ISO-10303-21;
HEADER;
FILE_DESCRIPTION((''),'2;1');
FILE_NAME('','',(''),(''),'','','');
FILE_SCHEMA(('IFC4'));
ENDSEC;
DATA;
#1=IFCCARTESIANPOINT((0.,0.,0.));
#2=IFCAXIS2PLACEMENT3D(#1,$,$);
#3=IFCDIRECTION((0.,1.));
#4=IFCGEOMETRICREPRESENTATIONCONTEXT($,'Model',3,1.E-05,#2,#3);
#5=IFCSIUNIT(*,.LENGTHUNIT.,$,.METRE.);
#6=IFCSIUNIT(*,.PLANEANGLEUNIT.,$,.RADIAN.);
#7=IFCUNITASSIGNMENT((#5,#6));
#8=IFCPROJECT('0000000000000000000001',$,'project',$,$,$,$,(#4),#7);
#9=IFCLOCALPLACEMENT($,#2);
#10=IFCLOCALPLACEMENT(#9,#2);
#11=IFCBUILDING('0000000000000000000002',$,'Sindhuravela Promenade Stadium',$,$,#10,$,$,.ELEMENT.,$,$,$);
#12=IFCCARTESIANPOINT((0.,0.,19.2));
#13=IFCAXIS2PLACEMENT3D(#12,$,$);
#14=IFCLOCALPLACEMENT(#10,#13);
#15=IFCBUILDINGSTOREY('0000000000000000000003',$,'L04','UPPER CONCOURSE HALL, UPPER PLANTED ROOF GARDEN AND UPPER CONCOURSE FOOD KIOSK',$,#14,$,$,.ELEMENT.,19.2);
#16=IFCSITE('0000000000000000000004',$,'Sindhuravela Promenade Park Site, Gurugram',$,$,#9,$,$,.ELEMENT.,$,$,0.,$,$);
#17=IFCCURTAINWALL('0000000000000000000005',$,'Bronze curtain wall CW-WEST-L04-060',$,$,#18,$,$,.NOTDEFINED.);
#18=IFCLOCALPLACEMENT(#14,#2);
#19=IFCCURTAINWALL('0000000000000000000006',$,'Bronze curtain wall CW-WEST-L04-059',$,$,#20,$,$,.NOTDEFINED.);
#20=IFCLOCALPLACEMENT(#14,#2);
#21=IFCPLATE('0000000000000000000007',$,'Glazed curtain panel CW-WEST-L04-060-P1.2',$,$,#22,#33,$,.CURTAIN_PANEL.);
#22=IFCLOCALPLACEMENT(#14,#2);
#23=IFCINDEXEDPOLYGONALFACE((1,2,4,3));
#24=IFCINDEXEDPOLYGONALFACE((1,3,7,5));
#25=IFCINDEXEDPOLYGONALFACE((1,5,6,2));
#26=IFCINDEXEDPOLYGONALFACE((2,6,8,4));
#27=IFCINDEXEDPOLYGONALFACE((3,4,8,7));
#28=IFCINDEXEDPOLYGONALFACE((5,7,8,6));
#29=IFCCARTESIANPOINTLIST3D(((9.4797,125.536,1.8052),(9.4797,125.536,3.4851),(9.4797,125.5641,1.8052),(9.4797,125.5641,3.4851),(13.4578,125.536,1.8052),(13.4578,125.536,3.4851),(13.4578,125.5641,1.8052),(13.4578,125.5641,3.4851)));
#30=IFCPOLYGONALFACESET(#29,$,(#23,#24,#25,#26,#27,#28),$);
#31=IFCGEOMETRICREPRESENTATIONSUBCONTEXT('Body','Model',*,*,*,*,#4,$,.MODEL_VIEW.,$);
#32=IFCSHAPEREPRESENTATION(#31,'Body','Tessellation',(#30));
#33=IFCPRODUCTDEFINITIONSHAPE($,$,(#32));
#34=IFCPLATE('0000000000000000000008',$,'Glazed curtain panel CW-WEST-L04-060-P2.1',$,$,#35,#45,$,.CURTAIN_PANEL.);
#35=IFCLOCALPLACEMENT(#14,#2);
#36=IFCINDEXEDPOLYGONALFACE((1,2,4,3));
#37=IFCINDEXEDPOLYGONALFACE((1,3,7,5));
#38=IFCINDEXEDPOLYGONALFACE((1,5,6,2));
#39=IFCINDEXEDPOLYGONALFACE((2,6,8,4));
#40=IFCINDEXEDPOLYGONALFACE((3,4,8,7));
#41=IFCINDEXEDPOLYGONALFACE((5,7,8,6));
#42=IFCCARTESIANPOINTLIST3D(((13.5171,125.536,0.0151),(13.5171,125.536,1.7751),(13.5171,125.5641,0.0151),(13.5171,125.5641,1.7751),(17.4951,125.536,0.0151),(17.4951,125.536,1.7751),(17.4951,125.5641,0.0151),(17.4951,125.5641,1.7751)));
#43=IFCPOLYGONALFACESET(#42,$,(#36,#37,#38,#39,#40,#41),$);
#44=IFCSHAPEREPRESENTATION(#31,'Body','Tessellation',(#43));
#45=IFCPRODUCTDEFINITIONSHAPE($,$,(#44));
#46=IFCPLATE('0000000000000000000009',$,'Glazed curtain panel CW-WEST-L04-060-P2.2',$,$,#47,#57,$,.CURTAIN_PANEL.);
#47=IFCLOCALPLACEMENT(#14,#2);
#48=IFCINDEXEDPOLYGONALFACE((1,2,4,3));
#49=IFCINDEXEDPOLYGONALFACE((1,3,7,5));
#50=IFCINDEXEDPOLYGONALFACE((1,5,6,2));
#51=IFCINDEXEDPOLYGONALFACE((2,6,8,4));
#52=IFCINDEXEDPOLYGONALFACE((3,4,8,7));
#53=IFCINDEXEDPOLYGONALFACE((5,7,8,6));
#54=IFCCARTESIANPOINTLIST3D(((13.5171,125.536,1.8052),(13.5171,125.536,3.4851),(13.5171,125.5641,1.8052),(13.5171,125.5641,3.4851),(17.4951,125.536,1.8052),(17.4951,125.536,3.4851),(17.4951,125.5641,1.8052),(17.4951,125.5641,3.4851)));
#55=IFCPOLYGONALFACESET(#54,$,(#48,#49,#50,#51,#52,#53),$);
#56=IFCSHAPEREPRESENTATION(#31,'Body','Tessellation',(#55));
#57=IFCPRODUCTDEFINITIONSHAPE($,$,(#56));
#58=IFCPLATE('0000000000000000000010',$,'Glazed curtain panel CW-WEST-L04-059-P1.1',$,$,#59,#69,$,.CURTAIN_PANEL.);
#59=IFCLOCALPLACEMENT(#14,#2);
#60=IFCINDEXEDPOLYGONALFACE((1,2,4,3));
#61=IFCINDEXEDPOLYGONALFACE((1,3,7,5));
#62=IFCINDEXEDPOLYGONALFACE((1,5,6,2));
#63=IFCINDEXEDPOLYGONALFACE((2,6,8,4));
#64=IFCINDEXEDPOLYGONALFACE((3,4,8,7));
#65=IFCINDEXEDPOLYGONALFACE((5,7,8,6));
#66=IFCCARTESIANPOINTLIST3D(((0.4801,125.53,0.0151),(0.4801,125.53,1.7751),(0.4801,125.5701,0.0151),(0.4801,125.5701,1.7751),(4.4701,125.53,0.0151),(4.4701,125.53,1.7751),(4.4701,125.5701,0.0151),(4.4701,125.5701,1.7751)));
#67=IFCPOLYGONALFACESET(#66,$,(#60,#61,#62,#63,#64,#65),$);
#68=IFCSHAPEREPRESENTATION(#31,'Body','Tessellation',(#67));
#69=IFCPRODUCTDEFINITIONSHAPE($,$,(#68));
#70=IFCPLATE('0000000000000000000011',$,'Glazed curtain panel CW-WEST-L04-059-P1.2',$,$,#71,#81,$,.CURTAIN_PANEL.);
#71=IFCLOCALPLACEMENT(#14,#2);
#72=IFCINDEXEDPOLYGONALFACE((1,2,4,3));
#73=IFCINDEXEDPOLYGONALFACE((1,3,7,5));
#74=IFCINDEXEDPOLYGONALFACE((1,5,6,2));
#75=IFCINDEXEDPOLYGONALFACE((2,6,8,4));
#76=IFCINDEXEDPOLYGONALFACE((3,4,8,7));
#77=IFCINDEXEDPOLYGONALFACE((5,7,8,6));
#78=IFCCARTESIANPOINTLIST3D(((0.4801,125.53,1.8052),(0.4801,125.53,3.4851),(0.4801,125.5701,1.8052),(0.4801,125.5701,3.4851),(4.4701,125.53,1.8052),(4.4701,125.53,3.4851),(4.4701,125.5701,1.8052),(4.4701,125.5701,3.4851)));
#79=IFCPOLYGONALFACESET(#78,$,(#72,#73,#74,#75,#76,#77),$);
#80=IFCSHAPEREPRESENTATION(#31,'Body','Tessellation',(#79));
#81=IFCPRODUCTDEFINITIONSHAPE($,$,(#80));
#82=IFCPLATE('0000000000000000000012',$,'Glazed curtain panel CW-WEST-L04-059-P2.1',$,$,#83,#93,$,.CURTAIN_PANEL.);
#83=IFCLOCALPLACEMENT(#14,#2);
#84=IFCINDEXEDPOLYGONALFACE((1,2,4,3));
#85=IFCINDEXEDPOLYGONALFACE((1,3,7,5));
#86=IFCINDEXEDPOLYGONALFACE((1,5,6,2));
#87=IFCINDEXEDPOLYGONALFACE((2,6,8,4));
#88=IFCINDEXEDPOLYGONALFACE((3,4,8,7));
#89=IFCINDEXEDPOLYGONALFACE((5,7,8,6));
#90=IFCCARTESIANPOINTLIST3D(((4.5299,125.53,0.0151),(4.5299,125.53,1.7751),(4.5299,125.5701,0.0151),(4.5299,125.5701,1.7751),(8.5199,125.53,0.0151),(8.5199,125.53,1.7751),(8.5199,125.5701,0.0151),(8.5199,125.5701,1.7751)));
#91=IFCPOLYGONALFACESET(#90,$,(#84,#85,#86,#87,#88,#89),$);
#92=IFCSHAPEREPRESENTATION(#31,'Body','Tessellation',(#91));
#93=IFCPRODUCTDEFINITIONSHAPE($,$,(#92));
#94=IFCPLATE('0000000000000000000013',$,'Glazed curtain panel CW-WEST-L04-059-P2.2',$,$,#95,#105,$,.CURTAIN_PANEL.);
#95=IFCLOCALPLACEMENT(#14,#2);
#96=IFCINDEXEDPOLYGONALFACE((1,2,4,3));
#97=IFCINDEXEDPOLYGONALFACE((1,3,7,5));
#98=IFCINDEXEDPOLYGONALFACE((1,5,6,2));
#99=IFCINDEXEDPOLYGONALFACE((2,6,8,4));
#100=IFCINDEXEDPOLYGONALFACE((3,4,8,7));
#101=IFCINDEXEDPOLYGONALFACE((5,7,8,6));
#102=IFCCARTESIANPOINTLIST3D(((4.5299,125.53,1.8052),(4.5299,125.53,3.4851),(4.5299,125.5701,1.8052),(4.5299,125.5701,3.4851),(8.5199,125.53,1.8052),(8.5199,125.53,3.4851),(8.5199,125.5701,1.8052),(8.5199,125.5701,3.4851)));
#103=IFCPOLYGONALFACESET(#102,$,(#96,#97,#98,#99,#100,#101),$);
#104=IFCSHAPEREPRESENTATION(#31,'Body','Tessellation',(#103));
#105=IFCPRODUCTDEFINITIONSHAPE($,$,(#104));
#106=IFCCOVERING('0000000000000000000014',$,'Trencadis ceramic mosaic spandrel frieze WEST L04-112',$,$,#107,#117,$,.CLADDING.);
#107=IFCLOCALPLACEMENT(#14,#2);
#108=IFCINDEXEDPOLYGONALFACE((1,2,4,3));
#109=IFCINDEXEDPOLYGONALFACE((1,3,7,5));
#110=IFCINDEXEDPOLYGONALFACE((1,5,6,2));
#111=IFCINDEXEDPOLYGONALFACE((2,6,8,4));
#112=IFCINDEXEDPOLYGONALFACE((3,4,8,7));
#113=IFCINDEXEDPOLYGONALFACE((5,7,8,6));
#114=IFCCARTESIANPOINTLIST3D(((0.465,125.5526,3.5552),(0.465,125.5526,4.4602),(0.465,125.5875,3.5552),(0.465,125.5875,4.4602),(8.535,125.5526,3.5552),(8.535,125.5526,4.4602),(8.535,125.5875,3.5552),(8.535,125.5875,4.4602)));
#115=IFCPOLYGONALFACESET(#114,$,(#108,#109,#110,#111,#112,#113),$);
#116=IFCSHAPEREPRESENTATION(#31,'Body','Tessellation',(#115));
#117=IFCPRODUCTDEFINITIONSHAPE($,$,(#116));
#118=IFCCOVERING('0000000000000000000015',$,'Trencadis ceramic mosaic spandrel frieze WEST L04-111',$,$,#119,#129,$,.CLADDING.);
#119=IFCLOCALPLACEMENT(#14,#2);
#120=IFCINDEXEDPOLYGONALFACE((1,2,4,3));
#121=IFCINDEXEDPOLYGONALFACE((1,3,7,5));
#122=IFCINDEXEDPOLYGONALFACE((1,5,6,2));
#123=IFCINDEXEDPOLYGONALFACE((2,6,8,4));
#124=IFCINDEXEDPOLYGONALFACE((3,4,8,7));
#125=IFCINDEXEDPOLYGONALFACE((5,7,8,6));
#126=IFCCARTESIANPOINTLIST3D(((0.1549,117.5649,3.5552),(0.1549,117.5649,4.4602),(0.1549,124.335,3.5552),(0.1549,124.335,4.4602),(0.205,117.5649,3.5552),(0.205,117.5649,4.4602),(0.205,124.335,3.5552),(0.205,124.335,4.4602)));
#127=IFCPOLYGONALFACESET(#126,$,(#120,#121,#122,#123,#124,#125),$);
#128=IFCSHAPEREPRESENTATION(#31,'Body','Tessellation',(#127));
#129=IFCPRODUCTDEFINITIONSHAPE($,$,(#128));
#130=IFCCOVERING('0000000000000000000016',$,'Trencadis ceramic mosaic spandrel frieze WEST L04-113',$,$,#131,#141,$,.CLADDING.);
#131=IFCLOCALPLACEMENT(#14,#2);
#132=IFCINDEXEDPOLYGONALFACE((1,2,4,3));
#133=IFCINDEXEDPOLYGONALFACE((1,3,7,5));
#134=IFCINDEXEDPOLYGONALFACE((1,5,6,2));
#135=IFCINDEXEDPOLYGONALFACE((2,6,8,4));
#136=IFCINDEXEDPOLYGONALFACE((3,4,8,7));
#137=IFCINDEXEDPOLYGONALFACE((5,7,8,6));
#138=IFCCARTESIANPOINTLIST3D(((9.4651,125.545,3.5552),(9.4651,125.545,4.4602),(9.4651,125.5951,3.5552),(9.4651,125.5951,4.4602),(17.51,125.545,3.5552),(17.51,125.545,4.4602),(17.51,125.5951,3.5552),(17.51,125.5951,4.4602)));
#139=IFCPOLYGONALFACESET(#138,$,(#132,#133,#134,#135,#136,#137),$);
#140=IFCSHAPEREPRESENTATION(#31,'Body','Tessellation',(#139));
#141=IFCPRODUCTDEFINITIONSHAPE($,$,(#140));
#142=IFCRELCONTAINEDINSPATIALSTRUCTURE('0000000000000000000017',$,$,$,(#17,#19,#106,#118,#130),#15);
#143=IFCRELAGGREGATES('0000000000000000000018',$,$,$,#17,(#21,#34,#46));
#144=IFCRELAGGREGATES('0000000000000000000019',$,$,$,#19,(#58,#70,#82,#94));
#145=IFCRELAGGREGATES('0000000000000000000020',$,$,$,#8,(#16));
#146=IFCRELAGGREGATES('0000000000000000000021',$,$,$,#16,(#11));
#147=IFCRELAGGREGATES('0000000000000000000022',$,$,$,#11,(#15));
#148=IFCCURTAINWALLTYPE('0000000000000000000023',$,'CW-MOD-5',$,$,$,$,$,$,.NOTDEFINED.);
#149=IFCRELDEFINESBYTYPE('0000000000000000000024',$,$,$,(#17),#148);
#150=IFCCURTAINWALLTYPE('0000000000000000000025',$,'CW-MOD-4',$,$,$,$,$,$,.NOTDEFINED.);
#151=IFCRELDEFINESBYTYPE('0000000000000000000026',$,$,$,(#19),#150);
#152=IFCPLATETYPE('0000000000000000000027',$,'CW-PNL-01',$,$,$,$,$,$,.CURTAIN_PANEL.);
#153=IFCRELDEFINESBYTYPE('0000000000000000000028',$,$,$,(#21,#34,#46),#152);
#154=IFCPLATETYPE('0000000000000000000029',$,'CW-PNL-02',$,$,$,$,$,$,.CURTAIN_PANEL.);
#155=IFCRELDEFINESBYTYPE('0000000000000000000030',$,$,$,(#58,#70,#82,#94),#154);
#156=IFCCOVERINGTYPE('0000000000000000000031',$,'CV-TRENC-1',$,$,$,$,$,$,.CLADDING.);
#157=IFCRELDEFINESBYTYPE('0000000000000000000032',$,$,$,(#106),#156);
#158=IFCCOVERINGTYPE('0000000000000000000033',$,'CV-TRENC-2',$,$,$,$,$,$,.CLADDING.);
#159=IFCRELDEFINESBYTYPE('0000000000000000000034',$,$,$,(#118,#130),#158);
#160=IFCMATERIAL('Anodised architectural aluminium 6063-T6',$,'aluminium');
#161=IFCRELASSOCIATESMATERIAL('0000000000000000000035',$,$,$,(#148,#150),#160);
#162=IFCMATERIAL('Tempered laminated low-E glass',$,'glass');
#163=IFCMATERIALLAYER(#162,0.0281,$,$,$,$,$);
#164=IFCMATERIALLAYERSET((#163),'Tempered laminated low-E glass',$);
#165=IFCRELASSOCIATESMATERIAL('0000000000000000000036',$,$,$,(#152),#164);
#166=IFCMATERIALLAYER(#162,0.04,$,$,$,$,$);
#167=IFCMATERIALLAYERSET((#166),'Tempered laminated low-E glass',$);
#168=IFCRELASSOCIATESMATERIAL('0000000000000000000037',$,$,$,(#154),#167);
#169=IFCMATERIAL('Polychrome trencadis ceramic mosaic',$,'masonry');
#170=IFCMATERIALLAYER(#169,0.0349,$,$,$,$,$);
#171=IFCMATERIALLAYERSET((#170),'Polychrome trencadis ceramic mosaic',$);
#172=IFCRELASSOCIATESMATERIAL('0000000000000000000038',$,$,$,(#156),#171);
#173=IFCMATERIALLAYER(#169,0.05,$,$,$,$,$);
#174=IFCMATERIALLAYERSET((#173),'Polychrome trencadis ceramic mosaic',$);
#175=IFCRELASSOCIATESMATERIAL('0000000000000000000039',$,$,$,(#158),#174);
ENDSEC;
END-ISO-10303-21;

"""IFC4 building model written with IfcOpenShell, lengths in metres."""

from ifc_helpers import new_model, si_unit, direction, frame, origin, origin_2d, place, context, subcontext, project, spatial, rectangle, extrude, material, layer, layer_set, type_object, element, aggregate, save


model = new_model("IFC4")

# Units and contexts
model_context = context("Model", 3, precision=1e-05, world=origin(), true_north=direction((0.0, 1.0)))
body_context = subcontext(model_context, "Body", "Model", "MODEL_VIEW")
ifc_project = project(units=[si_unit("LENGTHUNIT", "METRE"), si_unit("PLANEANGLEUNIT", "RADIAN")], contexts=[model_context])

# Site, building, storey
site_placement = place(None, origin())
site = spatial("IfcSite", under=ifc_project, at=site_placement, Name="Sindhuravela Promenade Park Site, Gurugram", CompositionType="ELEMENT", RefElevation=0.0)
building_placement = place(site_placement, origin())
building = spatial("IfcBuilding", under=site, at=building_placement, Name="Sindhuravela Promenade Stadium", CompositionType="ELEMENT")
storey_placement = place(building_placement, frame((0.0, 0.0, 19.2)))
storey = spatial("IfcBuildingStorey", under=building, at=storey_placement, Name="L04", Description="UPPER CONCOURSE HALL, UPPER PLANTED ROOF GARDEN AND UPPER CONCOURSE FOOD KIOSK", CompositionType="ELEMENT", Elevation=19.2)

# Curtain walls
ifc_material_1 = material(Name="Anodised architectural aluminium 6063-T6", Category="aluminium")
curtain_wall_type_1 = type_object("IfcCurtainWallType", Name="CW-MOD-5", PredefinedType="NOTDEFINED", material=ifc_material_1)
curtain_wall_1_placement = place(storey_placement, origin())
curtain_wall_1 = element("IfcCurtainWall", 1, at=curtain_wall_1_placement, inside=storey, type_object=curtain_wall_type_1, Name="Bronze curtain wall CW-WEST-L04-060", PredefinedType="NOTDEFINED")
curtain_wall_type_2 = type_object("IfcCurtainWallType", Name="CW-MOD-4", PredefinedType="NOTDEFINED", material=ifc_material_1)
curtain_wall_2_placement = place(storey_placement, origin())
curtain_wall_2 = element("IfcCurtainWall", 2, at=curtain_wall_2_placement, inside=storey, type_object=curtain_wall_type_2, Name="Bronze curtain wall CW-WEST-L04-059", PredefinedType="NOTDEFINED")

# Plates
ifc_material_2 = material(Name="Tempered laminated low-E glass", Category="glass")
ifc_layer_1 = layer(ifc_material_2, 0.0281)
ifc_layer_set_1 = layer_set([ifc_layer_1], Name="Tempered laminated low-E glass")
plate_type_1 = type_object("IfcPlateType", Name="CW-PNL-01", PredefinedType="CURTAIN_PANEL", material=ifc_layer_set_1)
plate_1_placement = place(storey_placement, frame((11.4688, 125.55, 1.8052), z_axis=(0.0, 0.0, 1.0), x_axis=(1.0, 0.0, 0.0)))
plate_1 = element("IfcPlate", 3, at=plate_1_placement, type_object=plate_type_1, Name="Glazed curtain panel CW-WEST-L04-060-P1.2", PredefinedType="CURTAIN_PANEL", context=body_context, shape_type="SweptSolid", body=[
    extrude(rectangle(XDim=3.978, YDim=0.0281, at=origin_2d()), origin(), (0.0, 0.0, 1.0), 1.6799),
])
plate_2_placement = place(storey_placement, frame((15.5061, 125.55, 0.0151), z_axis=(0.0, 0.0, 1.0), x_axis=(1.0, 0.0, 0.0)))
plate_2 = element("IfcPlate", 4, at=plate_2_placement, type_object=plate_type_1, Name="Glazed curtain panel CW-WEST-L04-060-P2.1", PredefinedType="CURTAIN_PANEL", context=body_context, shape_type="SweptSolid", body=[
    extrude(rectangle(XDim=3.978, YDim=0.0281, at=origin_2d()), origin(), (0.0, 0.0, 1.0), 1.76),
])
plate_3_placement = place(storey_placement, frame((15.5061, 125.55, 1.8052), z_axis=(0.0, 0.0, 1.0), x_axis=(1.0, 0.0, 0.0)))
plate_3 = element("IfcPlate", 5, at=plate_3_placement, type_object=plate_type_1, Name="Glazed curtain panel CW-WEST-L04-060-P2.2", PredefinedType="CURTAIN_PANEL", context=body_context, shape_type="SweptSolid", body=[
    extrude(rectangle(XDim=3.978, YDim=0.0281, at=origin_2d()), origin(), (0.0, 0.0, 1.0), 1.6799),
])
aggregate(curtain_wall_1, [plate_1, plate_2, plate_3])
ifc_layer_2 = layer(ifc_material_2, 0.04)
ifc_layer_set_2 = layer_set([ifc_layer_2], Name="Tempered laminated low-E glass")
plate_type_2 = type_object("IfcPlateType", Name="CW-PNL-02", PredefinedType="CURTAIN_PANEL", material=ifc_layer_set_2)
plate_4_placement = place(storey_placement, frame((2.4751, 125.55, 0.0151), z_axis=(0.0, 0.0, 1.0), x_axis=(1.0, 0.0, 0.0)))
plate_4 = element("IfcPlate", 6, at=plate_4_placement, type_object=plate_type_2, Name="Glazed curtain panel CW-WEST-L04-059-P1.1", PredefinedType="CURTAIN_PANEL", context=body_context, shape_type="SweptSolid", body=[
    extrude(rectangle(XDim=3.99, YDim=0.04, at=origin_2d()), origin(), (0.0, 0.0, 1.0), 1.76),
])
plate_5_placement = place(storey_placement, frame((2.4751, 125.55, 1.8052), z_axis=(0.0, 0.0, 1.0), x_axis=(1.0, 0.0, 0.0)))
plate_5 = element("IfcPlate", 7, at=plate_5_placement, type_object=plate_type_2, Name="Glazed curtain panel CW-WEST-L04-059-P1.2", PredefinedType="CURTAIN_PANEL", context=body_context, shape_type="SweptSolid", body=[
    extrude(rectangle(XDim=3.99, YDim=0.04, at=origin_2d()), origin(), (0.0, 0.0, 1.0), 1.6799),
])
plate_6_placement = place(storey_placement, frame((6.5249, 125.55, 0.0151), z_axis=(0.0, 0.0, 1.0), x_axis=(1.0, 0.0, 0.0)))
plate_6 = element("IfcPlate", 8, at=plate_6_placement, type_object=plate_type_2, Name="Glazed curtain panel CW-WEST-L04-059-P2.1", PredefinedType="CURTAIN_PANEL", context=body_context, shape_type="SweptSolid", body=[
    extrude(rectangle(XDim=3.99, YDim=0.04, at=origin_2d()), origin(), (0.0, 0.0, 1.0), 1.76),
])
plate_7_placement = place(storey_placement, frame((6.5249, 125.55, 1.8052), z_axis=(0.0, 0.0, 1.0), x_axis=(1.0, 0.0, 0.0)))
plate_7 = element("IfcPlate", 9, at=plate_7_placement, type_object=plate_type_2, Name="Glazed curtain panel CW-WEST-L04-059-P2.2", PredefinedType="CURTAIN_PANEL", context=body_context, shape_type="SweptSolid", body=[
    extrude(rectangle(XDim=3.99, YDim=0.04, at=origin_2d()), origin(), (0.0, 0.0, 1.0), 1.6799),
])
aggregate(curtain_wall_2, [plate_4, plate_5, plate_6, plate_7])

# Coverings
ifc_material_3 = material(Name="Polychrome trencadis ceramic mosaic", Category="masonry")
ifc_layer_3 = layer(ifc_material_3, 0.0349)
ifc_layer_set_3 = layer_set([ifc_layer_3], Name="Polychrome trencadis ceramic mosaic")
covering_type_1 = type_object("IfcCoveringType", Name="CV-TRENC-1", PredefinedType="CLADDING", material=ifc_layer_set_3)
covering_1_placement = place(storey_placement, frame((4.5, 125.5701, 3.5552), z_axis=(0.0, 0.0, 1.0), x_axis=(1.0, 0.0, 0.0)))
element("IfcCovering", 10, at=covering_1_placement, inside=storey, type_object=covering_type_1, Name="Trencadis ceramic mosaic spandrel frieze WEST L04-112", PredefinedType="CLADDING", context=body_context, shape_type="SweptSolid", body=[
    extrude(rectangle(XDim=8.0701, YDim=0.0349, at=origin_2d()), origin(), (0.0, 0.0, 1.0), 0.905),
])
ifc_layer_4 = layer(ifc_material_3, 0.05)
ifc_layer_set_4 = layer_set([ifc_layer_4], Name="Polychrome trencadis ceramic mosaic")
covering_type_2 = type_object("IfcCoveringType", Name="CV-TRENC-2", PredefinedType="CLADDING", material=ifc_layer_set_4)
covering_2_placement = place(storey_placement, frame((0.1799, 120.95, 3.5552), z_axis=(0.0, 0.0, 1.0), x_axis=(0.0, 1.0, 0.0)))
element("IfcCovering", 11, at=covering_2_placement, inside=storey, type_object=covering_type_2, Name="Trencadis ceramic mosaic spandrel frieze WEST L04-111", PredefinedType="CLADDING", context=body_context, shape_type="SweptSolid", body=[
    extrude(rectangle(XDim=6.77, YDim=0.05, at=origin_2d()), origin(), (0.0, 0.0, 1.0), 0.905),
])
covering_3_placement = place(storey_placement, frame((13.4875, 125.5701, 3.5552), z_axis=(0.0, 0.0, 1.0), x_axis=(1.0, 0.0, 0.0)))
element("IfcCovering", 12, at=covering_3_placement, inside=storey, type_object=covering_type_2, Name="Trencadis ceramic mosaic spandrel frieze WEST L04-113", PredefinedType="CLADDING", context=body_context, shape_type="SweptSolid", body=[
    extrude(rectangle(XDim=8.0449, YDim=0.05, at=origin_2d()), origin(), (0.0, 0.0, 1.0), 0.905),
])

save(model, "model.ifc")
